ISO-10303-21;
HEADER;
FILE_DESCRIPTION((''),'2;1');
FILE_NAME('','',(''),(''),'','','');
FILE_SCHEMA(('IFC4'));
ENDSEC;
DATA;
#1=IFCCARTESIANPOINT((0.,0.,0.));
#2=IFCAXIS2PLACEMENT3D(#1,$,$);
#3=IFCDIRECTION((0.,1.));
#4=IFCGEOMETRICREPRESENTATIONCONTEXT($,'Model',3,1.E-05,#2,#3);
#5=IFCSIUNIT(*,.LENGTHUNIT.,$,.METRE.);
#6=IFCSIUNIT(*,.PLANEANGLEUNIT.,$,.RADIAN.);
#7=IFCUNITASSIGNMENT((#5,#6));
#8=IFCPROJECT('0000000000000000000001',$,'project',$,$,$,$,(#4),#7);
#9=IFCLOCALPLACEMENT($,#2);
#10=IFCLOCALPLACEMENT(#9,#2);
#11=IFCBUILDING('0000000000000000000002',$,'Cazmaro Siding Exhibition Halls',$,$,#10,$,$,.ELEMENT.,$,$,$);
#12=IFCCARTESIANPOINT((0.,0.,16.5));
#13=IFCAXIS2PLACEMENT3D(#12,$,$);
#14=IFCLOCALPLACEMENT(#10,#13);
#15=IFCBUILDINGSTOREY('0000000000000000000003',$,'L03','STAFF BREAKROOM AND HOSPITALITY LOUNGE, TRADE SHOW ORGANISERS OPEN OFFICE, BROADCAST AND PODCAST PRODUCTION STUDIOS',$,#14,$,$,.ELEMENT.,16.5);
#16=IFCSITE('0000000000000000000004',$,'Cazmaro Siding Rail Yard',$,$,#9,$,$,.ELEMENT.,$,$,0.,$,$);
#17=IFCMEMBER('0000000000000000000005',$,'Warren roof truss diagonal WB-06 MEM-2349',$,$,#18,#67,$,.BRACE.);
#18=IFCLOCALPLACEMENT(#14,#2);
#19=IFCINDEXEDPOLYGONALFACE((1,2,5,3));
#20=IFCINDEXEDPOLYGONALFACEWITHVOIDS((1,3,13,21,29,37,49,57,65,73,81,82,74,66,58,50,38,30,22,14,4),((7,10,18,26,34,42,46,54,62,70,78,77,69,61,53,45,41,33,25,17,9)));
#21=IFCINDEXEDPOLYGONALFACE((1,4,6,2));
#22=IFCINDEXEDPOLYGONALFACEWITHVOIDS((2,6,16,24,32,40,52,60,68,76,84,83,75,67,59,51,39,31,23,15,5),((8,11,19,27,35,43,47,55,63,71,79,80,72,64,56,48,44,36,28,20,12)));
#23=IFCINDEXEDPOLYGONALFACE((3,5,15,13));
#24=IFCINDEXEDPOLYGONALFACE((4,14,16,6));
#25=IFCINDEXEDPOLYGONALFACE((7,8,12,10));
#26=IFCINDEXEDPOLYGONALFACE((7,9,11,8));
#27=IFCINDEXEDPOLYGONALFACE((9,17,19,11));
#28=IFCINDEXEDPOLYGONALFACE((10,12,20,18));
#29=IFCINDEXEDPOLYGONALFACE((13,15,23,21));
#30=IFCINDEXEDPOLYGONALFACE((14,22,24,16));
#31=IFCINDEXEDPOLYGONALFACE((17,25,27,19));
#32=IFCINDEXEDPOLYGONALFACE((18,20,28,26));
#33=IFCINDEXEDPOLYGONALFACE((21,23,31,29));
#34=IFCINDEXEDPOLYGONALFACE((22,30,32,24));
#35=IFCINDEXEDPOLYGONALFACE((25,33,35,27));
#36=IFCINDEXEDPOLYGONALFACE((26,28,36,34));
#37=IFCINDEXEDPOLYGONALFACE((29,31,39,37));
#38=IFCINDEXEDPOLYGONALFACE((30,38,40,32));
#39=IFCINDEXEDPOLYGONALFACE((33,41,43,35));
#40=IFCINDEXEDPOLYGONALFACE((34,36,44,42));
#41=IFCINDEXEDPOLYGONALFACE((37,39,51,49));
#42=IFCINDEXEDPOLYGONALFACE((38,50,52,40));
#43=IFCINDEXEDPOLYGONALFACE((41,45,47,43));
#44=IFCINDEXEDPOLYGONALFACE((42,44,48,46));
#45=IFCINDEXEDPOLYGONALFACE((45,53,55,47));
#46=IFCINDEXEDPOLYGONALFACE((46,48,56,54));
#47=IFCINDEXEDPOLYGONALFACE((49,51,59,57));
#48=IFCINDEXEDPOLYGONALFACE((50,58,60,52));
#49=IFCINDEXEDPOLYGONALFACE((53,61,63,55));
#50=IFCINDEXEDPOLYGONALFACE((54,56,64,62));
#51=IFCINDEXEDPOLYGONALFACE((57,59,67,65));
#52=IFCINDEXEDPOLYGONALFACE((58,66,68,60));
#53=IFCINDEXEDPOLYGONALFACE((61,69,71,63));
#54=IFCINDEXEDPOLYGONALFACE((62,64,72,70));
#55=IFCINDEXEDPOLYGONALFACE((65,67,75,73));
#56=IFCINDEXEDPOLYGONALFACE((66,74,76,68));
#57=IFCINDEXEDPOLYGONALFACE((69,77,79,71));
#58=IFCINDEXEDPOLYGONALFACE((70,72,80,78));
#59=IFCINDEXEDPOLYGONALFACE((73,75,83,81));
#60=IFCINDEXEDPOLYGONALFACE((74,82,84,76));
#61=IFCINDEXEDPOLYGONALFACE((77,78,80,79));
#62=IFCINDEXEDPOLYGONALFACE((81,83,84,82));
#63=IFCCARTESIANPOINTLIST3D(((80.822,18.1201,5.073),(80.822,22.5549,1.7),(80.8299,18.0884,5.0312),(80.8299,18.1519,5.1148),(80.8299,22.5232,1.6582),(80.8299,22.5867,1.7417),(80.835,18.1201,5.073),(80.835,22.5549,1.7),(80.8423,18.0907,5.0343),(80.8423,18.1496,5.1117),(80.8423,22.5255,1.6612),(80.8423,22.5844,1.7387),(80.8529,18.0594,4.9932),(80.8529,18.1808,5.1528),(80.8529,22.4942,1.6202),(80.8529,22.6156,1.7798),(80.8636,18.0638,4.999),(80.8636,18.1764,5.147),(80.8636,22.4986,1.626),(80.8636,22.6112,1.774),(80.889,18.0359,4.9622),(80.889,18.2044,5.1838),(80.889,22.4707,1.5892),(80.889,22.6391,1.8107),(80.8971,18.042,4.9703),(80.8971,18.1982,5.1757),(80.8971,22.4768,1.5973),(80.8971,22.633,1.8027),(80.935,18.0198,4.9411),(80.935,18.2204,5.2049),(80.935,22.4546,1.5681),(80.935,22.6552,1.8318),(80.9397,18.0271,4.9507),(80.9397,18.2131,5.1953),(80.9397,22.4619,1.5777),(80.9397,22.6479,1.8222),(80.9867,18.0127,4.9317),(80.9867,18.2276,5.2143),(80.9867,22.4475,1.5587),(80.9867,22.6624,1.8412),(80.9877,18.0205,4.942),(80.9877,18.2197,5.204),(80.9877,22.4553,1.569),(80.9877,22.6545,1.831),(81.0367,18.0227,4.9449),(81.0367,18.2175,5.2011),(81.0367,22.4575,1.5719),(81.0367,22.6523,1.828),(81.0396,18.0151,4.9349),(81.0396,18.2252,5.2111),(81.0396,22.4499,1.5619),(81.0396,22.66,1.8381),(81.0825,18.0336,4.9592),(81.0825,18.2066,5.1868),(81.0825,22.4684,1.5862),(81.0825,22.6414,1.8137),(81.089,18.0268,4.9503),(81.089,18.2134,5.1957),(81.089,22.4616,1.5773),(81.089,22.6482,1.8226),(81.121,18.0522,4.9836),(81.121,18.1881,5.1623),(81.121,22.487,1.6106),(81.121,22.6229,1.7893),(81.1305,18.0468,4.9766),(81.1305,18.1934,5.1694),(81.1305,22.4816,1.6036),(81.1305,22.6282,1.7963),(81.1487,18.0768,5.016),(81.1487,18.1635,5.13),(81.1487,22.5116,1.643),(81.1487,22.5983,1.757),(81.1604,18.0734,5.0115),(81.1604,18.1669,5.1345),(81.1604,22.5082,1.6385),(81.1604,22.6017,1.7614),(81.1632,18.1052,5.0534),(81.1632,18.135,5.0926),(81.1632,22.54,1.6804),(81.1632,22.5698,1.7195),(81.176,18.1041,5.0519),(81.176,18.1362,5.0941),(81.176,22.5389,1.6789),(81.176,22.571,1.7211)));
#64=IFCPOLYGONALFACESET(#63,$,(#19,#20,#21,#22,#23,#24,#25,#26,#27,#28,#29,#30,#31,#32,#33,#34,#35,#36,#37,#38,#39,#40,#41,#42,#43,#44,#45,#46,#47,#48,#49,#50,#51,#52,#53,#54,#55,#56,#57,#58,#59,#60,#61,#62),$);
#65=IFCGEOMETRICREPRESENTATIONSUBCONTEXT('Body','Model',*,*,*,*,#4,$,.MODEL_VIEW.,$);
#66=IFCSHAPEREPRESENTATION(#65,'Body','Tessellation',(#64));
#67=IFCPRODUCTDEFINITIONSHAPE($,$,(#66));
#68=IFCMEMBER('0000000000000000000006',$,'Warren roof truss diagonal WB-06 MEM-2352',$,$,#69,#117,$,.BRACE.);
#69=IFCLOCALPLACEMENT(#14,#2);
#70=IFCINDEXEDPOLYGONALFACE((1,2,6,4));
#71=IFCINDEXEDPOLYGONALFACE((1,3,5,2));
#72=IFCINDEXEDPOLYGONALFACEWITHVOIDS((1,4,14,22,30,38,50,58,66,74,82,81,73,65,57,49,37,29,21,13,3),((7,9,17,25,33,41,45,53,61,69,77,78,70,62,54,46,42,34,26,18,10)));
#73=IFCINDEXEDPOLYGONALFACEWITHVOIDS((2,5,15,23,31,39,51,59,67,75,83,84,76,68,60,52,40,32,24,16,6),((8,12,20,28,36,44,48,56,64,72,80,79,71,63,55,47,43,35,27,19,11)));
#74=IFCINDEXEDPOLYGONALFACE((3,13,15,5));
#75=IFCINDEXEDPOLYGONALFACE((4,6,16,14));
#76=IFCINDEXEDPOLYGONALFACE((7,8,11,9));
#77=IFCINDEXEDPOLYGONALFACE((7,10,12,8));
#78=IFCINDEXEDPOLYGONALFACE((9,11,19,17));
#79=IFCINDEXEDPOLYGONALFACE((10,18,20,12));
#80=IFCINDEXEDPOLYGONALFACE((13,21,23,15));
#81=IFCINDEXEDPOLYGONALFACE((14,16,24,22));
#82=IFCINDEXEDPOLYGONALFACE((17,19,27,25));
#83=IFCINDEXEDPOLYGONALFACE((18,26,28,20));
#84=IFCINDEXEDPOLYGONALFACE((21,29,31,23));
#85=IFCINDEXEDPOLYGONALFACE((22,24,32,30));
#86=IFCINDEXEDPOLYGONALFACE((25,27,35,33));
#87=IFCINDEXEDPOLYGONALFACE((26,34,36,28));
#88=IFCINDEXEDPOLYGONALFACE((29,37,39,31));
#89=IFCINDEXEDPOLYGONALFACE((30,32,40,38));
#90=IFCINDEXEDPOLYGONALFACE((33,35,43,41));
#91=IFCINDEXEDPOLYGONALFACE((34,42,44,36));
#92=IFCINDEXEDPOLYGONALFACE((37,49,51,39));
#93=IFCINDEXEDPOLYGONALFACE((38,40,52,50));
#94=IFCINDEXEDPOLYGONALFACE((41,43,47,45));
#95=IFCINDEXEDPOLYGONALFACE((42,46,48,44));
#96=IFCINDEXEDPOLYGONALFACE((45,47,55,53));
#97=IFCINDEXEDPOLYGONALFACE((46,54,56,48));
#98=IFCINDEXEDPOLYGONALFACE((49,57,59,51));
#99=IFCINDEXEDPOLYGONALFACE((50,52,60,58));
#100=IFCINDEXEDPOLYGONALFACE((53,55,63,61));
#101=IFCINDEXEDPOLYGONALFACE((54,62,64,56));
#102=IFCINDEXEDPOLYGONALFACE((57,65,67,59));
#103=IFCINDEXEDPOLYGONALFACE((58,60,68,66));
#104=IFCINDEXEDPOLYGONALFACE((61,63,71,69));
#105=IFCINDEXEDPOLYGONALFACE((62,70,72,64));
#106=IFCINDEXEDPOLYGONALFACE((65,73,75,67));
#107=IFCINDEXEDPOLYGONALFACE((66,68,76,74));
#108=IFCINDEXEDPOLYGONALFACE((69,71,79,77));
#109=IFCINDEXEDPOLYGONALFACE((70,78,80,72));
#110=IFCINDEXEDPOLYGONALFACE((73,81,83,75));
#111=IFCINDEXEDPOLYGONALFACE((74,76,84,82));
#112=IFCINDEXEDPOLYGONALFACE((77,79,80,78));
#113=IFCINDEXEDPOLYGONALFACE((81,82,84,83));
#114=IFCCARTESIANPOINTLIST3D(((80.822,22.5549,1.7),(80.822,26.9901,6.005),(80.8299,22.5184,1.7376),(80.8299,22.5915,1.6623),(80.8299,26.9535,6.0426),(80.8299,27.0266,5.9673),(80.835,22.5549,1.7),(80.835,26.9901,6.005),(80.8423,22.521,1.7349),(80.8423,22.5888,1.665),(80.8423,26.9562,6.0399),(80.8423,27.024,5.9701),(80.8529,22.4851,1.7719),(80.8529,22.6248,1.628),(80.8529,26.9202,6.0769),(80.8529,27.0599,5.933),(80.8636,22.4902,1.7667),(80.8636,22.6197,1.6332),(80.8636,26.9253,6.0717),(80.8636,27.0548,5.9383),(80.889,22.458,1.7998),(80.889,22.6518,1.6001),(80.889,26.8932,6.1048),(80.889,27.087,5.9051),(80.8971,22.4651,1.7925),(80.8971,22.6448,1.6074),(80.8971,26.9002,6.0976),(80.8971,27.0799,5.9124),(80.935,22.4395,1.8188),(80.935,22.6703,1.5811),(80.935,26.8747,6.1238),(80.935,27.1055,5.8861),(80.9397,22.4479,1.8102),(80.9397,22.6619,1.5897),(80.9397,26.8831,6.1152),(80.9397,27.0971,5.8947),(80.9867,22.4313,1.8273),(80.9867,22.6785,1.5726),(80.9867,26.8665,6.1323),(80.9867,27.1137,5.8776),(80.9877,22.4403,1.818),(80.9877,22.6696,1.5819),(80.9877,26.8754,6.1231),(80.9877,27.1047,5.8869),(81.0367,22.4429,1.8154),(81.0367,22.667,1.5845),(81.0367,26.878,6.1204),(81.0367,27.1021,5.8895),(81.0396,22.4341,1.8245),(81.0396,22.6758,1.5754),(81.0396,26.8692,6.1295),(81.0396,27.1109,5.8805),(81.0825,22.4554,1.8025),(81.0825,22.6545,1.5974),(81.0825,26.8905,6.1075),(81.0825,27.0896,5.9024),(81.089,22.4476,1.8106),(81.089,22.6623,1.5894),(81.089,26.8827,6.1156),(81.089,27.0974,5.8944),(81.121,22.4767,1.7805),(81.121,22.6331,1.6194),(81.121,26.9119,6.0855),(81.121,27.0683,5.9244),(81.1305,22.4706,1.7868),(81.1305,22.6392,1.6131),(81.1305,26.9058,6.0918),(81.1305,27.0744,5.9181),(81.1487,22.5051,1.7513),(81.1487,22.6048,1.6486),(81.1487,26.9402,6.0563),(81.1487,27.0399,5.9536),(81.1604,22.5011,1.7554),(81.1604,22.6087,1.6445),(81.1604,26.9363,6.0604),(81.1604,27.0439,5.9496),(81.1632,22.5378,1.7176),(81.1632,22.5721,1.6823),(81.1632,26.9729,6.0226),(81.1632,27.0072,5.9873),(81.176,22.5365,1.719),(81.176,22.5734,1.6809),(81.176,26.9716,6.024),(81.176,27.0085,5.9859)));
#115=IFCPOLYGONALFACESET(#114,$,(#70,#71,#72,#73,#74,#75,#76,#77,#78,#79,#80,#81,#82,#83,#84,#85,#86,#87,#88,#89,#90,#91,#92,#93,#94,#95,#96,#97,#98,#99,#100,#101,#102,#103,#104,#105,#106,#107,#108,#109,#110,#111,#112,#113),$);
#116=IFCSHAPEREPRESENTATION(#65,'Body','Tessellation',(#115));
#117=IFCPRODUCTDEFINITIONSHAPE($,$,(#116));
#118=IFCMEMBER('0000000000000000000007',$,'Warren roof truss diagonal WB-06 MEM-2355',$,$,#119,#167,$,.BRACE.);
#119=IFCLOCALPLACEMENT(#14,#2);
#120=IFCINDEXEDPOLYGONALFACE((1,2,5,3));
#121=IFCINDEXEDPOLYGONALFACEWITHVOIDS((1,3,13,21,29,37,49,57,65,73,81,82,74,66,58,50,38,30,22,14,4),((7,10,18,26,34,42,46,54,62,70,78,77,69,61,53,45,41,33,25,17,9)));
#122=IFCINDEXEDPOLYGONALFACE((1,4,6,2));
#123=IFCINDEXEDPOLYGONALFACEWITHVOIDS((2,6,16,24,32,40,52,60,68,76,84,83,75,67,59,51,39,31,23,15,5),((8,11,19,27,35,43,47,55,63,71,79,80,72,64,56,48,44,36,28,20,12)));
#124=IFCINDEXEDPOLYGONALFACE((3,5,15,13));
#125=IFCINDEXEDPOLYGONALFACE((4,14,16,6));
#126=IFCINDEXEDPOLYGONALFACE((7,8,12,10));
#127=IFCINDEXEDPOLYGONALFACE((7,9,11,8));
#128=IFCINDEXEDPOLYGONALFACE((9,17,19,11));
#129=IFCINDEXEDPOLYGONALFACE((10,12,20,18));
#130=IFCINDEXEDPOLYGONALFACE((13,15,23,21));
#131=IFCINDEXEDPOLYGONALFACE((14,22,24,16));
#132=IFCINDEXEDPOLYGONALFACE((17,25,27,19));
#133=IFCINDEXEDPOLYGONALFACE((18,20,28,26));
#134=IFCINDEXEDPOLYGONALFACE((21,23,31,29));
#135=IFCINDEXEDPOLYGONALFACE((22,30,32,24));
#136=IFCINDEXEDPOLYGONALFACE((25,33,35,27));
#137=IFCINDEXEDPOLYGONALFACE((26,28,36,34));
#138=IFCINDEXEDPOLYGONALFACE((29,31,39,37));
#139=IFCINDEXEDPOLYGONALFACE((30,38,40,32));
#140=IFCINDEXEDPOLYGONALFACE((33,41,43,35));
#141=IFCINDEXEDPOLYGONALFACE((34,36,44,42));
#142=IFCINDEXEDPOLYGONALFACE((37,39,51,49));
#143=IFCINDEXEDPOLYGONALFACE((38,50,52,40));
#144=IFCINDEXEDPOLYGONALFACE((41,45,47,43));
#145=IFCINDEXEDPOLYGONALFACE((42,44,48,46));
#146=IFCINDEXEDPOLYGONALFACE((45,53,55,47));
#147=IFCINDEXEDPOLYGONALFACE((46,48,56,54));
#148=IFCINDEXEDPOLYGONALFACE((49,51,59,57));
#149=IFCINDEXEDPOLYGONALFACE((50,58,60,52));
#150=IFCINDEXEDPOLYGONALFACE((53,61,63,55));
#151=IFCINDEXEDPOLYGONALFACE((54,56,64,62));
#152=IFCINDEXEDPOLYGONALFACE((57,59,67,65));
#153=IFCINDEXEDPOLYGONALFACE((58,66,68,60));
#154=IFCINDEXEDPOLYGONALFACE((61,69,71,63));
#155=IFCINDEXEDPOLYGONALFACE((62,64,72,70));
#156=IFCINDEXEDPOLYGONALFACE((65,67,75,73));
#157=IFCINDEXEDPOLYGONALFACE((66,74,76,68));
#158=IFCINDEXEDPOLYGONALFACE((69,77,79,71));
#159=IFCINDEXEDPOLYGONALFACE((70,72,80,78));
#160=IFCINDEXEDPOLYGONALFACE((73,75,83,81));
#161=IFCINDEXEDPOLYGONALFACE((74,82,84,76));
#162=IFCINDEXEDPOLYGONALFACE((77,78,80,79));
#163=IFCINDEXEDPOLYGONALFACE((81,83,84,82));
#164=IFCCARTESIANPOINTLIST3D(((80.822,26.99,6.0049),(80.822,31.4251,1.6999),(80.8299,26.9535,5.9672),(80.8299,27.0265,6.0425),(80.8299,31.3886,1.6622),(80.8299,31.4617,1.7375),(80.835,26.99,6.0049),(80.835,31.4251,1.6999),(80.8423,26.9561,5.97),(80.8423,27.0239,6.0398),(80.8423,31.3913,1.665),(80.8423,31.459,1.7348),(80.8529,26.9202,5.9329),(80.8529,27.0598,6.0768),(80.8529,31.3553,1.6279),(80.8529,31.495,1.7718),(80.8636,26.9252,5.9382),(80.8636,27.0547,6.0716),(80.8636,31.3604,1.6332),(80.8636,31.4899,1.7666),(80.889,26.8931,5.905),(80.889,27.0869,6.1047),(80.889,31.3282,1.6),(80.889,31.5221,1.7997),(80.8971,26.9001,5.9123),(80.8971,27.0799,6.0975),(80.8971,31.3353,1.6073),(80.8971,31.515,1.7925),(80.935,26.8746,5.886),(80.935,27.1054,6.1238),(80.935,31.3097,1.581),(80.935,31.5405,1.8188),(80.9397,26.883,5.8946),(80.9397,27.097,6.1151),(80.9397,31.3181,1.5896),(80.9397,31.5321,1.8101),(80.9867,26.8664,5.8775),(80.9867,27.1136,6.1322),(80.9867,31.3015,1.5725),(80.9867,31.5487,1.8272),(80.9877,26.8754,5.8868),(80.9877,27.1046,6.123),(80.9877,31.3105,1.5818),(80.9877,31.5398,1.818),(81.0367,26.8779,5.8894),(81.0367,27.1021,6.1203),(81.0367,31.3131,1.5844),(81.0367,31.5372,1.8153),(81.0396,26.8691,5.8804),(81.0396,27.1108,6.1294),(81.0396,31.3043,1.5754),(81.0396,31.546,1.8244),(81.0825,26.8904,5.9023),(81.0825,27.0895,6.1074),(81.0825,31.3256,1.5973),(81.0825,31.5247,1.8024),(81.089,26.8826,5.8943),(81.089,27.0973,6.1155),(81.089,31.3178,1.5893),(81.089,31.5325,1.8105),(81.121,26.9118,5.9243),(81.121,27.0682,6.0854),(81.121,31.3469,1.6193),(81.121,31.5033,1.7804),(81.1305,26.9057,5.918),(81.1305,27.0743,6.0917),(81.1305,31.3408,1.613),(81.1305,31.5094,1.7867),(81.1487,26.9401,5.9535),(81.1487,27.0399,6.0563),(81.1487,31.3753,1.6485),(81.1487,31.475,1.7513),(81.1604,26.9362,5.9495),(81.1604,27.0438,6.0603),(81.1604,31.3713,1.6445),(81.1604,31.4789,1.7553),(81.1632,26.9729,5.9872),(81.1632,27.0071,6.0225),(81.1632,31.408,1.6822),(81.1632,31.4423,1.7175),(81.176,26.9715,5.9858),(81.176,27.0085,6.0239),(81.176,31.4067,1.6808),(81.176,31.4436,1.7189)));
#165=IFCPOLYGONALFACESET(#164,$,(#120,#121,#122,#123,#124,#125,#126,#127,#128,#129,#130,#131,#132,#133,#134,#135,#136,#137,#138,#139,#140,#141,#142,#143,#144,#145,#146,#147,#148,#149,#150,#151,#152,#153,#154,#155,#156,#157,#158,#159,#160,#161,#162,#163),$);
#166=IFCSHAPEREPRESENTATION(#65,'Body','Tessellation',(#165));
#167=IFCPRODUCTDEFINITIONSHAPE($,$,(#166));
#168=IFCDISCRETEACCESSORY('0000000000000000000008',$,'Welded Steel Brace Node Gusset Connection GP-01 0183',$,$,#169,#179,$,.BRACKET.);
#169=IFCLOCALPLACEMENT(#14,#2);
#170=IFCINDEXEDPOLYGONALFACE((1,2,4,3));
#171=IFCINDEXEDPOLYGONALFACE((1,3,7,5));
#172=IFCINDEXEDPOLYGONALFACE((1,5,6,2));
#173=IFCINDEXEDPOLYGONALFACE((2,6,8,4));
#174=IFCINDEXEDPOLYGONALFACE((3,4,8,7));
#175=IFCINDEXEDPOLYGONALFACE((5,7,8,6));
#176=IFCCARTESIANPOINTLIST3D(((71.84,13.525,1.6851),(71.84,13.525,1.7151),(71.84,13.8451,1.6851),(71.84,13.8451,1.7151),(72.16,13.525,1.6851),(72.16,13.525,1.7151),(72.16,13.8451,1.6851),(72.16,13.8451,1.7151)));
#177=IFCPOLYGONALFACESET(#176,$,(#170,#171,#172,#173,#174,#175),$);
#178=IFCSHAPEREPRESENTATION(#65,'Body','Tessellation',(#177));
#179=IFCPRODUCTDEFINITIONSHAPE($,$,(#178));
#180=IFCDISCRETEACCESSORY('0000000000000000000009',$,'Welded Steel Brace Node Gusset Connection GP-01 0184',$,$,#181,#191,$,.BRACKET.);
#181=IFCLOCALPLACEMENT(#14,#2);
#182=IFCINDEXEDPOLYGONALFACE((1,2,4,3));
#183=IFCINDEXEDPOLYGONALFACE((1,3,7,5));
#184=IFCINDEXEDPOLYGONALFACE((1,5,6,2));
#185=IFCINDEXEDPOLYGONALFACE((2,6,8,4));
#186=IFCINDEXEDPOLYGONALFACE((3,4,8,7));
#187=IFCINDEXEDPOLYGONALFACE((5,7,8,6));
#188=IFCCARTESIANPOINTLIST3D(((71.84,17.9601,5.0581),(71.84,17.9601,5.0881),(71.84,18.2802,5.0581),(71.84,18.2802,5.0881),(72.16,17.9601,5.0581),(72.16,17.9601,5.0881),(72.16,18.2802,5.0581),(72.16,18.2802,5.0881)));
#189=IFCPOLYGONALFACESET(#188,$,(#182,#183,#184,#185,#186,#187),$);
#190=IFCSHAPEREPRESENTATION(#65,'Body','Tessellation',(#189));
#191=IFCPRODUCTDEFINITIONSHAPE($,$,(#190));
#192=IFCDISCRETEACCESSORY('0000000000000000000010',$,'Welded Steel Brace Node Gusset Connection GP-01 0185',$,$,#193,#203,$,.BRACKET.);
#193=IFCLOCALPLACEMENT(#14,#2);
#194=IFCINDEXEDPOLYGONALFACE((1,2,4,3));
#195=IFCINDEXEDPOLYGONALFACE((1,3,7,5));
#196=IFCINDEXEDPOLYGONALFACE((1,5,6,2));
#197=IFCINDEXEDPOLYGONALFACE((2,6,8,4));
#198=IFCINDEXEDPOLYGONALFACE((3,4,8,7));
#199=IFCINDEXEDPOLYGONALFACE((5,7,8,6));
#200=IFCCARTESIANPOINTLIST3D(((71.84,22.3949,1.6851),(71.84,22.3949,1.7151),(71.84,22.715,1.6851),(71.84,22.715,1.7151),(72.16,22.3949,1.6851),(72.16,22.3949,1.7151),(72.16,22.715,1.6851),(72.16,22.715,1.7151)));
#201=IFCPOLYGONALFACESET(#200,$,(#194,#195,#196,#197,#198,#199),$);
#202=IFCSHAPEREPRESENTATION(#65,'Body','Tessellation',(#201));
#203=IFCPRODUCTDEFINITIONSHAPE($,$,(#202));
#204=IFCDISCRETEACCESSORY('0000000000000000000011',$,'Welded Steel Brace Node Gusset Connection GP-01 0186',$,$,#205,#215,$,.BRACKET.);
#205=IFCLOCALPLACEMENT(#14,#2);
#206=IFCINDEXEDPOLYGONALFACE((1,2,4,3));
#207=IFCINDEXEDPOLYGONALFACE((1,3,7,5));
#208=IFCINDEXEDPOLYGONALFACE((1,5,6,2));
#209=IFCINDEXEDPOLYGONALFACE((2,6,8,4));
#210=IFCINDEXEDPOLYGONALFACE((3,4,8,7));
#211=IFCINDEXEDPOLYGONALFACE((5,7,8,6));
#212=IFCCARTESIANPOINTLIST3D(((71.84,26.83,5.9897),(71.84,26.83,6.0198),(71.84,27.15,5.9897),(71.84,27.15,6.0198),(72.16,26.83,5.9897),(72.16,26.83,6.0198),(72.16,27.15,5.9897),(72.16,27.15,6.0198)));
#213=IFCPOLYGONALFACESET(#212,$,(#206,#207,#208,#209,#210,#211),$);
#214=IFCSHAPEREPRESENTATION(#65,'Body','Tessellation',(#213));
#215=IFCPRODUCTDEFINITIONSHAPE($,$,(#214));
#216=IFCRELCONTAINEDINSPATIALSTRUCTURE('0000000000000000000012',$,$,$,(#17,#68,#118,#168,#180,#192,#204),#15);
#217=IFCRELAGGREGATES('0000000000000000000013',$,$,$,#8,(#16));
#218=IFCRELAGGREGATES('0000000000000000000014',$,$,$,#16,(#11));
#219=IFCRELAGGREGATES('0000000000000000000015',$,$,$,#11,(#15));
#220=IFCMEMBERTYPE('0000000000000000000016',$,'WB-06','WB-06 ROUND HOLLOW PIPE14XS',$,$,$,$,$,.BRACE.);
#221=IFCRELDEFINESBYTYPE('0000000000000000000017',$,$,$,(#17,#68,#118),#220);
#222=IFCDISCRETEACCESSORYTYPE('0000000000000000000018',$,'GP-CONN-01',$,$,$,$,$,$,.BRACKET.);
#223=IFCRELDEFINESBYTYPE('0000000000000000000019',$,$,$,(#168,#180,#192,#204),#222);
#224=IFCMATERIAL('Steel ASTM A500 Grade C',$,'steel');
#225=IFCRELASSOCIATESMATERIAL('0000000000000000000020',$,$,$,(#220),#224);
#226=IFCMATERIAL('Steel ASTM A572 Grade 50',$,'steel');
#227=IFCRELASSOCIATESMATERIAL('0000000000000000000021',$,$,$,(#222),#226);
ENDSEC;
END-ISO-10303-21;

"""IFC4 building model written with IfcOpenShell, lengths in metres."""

from ifc_helpers import new_model, si_unit, direction, frame, origin, origin_2d, place, context, subcontext, project, spatial, rectangle, hollow_circle, extrude, material, material_profile, profile_set, type_object, element, save


model = new_model("IFC4")

# Units and contexts
model_context = context("Model", 3, precision=1e-05, world=origin(), true_north=direction((0.0, 1.0)))
body_context = subcontext(model_context, "Body", "Model", "MODEL_VIEW")
ifc_project = project(units=[si_unit("LENGTHUNIT", "METRE"), si_unit("PLANEANGLEUNIT", "RADIAN")], contexts=[model_context])

# Site, building, storey
site_placement = place(None, origin())
site = spatial("IfcSite", under=ifc_project, at=site_placement, Name="Cazmaro Siding Rail Yard", CompositionType="ELEMENT", RefElevation=0.0)
building_placement = place(site_placement, origin())
building = spatial("IfcBuilding", under=site, at=building_placement, Name="Cazmaro Siding Exhibition Halls", CompositionType="ELEMENT")
storey_placement = place(building_placement, frame((0.0, 0.0, 16.5)))
storey = spatial("IfcBuildingStorey", under=building, at=storey_placement, Name="L03", Description="STAFF BREAKROOM AND HOSPITALITY LOUNGE, TRADE SHOW ORGANISERS OPEN OFFICE, BROADCAST AND PODCAST PRODUCTION STUDIOS", CompositionType="ELEMENT", Elevation=16.5)

# Members
ifc_material_1 = material(Name="Steel ASTM A500 Grade C", Category="steel")
ifc_material_profile_1 = material_profile(ifc_material_1, hollow_circle(Radius=0.178, WallThickness=0.0129, at=origin_2d()), Name="PIPE14XS")
ifc_profile_set_1 = profile_set([ifc_material_profile_1], Name="Steel ASTM A500 Grade C")
member_type_1 = type_object("IfcMemberType", Name="WB-06", Description="WB-06 ROUND HOLLOW PIPE14XS", PredefinedType="BRACE", material=ifc_profile_set_1)
member_1_placement = place(storey_placement, frame((81.0, 18.1201, 5.073), z_axis=(0.0, 0.795938, -0.605378), x_axis=(-1.0, 0.0, 0.0)))
element("IfcMember", 1, at=member_1_placement, inside=storey, type_object=member_type_1, Name="Warren roof truss diagonal WB-06 MEM-2349", PredefinedType="BRACE", context=body_context, shape_type="SweptSolid", body=[
    extrude(hollow_circle(Radius=0.178, WallThickness=0.0129, at=origin_2d()), origin(), (0.0, 0.0, 1.0), 5.5718),
])
for number, where, z_axis, x_axis, name in (
    (2, (81.0, 22.5549, 1.7), (0.0, 0.717555, 0.696502), (-1.0, 0.0, 0.0), "Warren roof truss diagonal WB-06 MEM-2352"),
    (3, (81.0, 26.99, 6.0049), (0.0, 0.717555, -0.696502), (-1.0, 0.0, 0.0), "Warren roof truss diagonal WB-06 MEM-2355"),
):
    element("IfcMember", number, at=place(storey_placement, frame(where, z_axis=z_axis, x_axis=x_axis)), inside=storey, type_object=member_type_1, Name=name, PredefinedType="BRACE", context=body_context, shape_type="SweptSolid", body=[
        extrude(hollow_circle(Radius=0.178, WallThickness=0.0129, at=origin_2d()), origin(), (0.0, 0.0, 1.0), 6.1809),
    ])

# Discrete accessories
ifc_material_2 = material(Name="Steel ASTM A572 Grade 50", Category="steel")
discrete_accessory_type = type_object("IfcDiscreteAccessoryType", Name="GP-CONN-01", PredefinedType="BRACKET", material=ifc_material_2)
for number, where, z_axis, x_axis, name in (
    (4, (72.0, 13.6851, 1.6851), (0.0, 0.0, 1.0), (1.0, 0.0, 0.0), "Welded Steel Brace Node Gusset Connection GP-01 0183"),
    (5, (72.0, 18.1201, 5.0581), (0.0, 0.0, 1.0), (1.0, 0.0, 0.0), "Welded Steel Brace Node Gusset Connection GP-01 0184"),
    (6, (72.0, 22.5549, 1.6851), (0.0, 0.0, 1.0), (1.0, 0.0, 0.0), "Welded Steel Brace Node Gusset Connection GP-01 0185"),
    (7, (72.0, 26.99, 5.9897), (0.0, 0.0, 1.0), (1.0, 0.0, 0.0), "Welded Steel Brace Node Gusset Connection GP-01 0186"),
):
    element("IfcDiscreteAccessory", number, at=place(storey_placement, frame(where, z_axis=z_axis, x_axis=x_axis)), inside=storey, type_object=discrete_accessory_type, Name=name, PredefinedType="BRACKET", context=body_context, shape_type="SweptSolid", body=[
        extrude(rectangle(XDim=0.3201, YDim=0.3201, at=origin_2d()), origin(), (0.0, 0.0, 1.0), 0.03),
    ])

save(model, "model.ifc")
